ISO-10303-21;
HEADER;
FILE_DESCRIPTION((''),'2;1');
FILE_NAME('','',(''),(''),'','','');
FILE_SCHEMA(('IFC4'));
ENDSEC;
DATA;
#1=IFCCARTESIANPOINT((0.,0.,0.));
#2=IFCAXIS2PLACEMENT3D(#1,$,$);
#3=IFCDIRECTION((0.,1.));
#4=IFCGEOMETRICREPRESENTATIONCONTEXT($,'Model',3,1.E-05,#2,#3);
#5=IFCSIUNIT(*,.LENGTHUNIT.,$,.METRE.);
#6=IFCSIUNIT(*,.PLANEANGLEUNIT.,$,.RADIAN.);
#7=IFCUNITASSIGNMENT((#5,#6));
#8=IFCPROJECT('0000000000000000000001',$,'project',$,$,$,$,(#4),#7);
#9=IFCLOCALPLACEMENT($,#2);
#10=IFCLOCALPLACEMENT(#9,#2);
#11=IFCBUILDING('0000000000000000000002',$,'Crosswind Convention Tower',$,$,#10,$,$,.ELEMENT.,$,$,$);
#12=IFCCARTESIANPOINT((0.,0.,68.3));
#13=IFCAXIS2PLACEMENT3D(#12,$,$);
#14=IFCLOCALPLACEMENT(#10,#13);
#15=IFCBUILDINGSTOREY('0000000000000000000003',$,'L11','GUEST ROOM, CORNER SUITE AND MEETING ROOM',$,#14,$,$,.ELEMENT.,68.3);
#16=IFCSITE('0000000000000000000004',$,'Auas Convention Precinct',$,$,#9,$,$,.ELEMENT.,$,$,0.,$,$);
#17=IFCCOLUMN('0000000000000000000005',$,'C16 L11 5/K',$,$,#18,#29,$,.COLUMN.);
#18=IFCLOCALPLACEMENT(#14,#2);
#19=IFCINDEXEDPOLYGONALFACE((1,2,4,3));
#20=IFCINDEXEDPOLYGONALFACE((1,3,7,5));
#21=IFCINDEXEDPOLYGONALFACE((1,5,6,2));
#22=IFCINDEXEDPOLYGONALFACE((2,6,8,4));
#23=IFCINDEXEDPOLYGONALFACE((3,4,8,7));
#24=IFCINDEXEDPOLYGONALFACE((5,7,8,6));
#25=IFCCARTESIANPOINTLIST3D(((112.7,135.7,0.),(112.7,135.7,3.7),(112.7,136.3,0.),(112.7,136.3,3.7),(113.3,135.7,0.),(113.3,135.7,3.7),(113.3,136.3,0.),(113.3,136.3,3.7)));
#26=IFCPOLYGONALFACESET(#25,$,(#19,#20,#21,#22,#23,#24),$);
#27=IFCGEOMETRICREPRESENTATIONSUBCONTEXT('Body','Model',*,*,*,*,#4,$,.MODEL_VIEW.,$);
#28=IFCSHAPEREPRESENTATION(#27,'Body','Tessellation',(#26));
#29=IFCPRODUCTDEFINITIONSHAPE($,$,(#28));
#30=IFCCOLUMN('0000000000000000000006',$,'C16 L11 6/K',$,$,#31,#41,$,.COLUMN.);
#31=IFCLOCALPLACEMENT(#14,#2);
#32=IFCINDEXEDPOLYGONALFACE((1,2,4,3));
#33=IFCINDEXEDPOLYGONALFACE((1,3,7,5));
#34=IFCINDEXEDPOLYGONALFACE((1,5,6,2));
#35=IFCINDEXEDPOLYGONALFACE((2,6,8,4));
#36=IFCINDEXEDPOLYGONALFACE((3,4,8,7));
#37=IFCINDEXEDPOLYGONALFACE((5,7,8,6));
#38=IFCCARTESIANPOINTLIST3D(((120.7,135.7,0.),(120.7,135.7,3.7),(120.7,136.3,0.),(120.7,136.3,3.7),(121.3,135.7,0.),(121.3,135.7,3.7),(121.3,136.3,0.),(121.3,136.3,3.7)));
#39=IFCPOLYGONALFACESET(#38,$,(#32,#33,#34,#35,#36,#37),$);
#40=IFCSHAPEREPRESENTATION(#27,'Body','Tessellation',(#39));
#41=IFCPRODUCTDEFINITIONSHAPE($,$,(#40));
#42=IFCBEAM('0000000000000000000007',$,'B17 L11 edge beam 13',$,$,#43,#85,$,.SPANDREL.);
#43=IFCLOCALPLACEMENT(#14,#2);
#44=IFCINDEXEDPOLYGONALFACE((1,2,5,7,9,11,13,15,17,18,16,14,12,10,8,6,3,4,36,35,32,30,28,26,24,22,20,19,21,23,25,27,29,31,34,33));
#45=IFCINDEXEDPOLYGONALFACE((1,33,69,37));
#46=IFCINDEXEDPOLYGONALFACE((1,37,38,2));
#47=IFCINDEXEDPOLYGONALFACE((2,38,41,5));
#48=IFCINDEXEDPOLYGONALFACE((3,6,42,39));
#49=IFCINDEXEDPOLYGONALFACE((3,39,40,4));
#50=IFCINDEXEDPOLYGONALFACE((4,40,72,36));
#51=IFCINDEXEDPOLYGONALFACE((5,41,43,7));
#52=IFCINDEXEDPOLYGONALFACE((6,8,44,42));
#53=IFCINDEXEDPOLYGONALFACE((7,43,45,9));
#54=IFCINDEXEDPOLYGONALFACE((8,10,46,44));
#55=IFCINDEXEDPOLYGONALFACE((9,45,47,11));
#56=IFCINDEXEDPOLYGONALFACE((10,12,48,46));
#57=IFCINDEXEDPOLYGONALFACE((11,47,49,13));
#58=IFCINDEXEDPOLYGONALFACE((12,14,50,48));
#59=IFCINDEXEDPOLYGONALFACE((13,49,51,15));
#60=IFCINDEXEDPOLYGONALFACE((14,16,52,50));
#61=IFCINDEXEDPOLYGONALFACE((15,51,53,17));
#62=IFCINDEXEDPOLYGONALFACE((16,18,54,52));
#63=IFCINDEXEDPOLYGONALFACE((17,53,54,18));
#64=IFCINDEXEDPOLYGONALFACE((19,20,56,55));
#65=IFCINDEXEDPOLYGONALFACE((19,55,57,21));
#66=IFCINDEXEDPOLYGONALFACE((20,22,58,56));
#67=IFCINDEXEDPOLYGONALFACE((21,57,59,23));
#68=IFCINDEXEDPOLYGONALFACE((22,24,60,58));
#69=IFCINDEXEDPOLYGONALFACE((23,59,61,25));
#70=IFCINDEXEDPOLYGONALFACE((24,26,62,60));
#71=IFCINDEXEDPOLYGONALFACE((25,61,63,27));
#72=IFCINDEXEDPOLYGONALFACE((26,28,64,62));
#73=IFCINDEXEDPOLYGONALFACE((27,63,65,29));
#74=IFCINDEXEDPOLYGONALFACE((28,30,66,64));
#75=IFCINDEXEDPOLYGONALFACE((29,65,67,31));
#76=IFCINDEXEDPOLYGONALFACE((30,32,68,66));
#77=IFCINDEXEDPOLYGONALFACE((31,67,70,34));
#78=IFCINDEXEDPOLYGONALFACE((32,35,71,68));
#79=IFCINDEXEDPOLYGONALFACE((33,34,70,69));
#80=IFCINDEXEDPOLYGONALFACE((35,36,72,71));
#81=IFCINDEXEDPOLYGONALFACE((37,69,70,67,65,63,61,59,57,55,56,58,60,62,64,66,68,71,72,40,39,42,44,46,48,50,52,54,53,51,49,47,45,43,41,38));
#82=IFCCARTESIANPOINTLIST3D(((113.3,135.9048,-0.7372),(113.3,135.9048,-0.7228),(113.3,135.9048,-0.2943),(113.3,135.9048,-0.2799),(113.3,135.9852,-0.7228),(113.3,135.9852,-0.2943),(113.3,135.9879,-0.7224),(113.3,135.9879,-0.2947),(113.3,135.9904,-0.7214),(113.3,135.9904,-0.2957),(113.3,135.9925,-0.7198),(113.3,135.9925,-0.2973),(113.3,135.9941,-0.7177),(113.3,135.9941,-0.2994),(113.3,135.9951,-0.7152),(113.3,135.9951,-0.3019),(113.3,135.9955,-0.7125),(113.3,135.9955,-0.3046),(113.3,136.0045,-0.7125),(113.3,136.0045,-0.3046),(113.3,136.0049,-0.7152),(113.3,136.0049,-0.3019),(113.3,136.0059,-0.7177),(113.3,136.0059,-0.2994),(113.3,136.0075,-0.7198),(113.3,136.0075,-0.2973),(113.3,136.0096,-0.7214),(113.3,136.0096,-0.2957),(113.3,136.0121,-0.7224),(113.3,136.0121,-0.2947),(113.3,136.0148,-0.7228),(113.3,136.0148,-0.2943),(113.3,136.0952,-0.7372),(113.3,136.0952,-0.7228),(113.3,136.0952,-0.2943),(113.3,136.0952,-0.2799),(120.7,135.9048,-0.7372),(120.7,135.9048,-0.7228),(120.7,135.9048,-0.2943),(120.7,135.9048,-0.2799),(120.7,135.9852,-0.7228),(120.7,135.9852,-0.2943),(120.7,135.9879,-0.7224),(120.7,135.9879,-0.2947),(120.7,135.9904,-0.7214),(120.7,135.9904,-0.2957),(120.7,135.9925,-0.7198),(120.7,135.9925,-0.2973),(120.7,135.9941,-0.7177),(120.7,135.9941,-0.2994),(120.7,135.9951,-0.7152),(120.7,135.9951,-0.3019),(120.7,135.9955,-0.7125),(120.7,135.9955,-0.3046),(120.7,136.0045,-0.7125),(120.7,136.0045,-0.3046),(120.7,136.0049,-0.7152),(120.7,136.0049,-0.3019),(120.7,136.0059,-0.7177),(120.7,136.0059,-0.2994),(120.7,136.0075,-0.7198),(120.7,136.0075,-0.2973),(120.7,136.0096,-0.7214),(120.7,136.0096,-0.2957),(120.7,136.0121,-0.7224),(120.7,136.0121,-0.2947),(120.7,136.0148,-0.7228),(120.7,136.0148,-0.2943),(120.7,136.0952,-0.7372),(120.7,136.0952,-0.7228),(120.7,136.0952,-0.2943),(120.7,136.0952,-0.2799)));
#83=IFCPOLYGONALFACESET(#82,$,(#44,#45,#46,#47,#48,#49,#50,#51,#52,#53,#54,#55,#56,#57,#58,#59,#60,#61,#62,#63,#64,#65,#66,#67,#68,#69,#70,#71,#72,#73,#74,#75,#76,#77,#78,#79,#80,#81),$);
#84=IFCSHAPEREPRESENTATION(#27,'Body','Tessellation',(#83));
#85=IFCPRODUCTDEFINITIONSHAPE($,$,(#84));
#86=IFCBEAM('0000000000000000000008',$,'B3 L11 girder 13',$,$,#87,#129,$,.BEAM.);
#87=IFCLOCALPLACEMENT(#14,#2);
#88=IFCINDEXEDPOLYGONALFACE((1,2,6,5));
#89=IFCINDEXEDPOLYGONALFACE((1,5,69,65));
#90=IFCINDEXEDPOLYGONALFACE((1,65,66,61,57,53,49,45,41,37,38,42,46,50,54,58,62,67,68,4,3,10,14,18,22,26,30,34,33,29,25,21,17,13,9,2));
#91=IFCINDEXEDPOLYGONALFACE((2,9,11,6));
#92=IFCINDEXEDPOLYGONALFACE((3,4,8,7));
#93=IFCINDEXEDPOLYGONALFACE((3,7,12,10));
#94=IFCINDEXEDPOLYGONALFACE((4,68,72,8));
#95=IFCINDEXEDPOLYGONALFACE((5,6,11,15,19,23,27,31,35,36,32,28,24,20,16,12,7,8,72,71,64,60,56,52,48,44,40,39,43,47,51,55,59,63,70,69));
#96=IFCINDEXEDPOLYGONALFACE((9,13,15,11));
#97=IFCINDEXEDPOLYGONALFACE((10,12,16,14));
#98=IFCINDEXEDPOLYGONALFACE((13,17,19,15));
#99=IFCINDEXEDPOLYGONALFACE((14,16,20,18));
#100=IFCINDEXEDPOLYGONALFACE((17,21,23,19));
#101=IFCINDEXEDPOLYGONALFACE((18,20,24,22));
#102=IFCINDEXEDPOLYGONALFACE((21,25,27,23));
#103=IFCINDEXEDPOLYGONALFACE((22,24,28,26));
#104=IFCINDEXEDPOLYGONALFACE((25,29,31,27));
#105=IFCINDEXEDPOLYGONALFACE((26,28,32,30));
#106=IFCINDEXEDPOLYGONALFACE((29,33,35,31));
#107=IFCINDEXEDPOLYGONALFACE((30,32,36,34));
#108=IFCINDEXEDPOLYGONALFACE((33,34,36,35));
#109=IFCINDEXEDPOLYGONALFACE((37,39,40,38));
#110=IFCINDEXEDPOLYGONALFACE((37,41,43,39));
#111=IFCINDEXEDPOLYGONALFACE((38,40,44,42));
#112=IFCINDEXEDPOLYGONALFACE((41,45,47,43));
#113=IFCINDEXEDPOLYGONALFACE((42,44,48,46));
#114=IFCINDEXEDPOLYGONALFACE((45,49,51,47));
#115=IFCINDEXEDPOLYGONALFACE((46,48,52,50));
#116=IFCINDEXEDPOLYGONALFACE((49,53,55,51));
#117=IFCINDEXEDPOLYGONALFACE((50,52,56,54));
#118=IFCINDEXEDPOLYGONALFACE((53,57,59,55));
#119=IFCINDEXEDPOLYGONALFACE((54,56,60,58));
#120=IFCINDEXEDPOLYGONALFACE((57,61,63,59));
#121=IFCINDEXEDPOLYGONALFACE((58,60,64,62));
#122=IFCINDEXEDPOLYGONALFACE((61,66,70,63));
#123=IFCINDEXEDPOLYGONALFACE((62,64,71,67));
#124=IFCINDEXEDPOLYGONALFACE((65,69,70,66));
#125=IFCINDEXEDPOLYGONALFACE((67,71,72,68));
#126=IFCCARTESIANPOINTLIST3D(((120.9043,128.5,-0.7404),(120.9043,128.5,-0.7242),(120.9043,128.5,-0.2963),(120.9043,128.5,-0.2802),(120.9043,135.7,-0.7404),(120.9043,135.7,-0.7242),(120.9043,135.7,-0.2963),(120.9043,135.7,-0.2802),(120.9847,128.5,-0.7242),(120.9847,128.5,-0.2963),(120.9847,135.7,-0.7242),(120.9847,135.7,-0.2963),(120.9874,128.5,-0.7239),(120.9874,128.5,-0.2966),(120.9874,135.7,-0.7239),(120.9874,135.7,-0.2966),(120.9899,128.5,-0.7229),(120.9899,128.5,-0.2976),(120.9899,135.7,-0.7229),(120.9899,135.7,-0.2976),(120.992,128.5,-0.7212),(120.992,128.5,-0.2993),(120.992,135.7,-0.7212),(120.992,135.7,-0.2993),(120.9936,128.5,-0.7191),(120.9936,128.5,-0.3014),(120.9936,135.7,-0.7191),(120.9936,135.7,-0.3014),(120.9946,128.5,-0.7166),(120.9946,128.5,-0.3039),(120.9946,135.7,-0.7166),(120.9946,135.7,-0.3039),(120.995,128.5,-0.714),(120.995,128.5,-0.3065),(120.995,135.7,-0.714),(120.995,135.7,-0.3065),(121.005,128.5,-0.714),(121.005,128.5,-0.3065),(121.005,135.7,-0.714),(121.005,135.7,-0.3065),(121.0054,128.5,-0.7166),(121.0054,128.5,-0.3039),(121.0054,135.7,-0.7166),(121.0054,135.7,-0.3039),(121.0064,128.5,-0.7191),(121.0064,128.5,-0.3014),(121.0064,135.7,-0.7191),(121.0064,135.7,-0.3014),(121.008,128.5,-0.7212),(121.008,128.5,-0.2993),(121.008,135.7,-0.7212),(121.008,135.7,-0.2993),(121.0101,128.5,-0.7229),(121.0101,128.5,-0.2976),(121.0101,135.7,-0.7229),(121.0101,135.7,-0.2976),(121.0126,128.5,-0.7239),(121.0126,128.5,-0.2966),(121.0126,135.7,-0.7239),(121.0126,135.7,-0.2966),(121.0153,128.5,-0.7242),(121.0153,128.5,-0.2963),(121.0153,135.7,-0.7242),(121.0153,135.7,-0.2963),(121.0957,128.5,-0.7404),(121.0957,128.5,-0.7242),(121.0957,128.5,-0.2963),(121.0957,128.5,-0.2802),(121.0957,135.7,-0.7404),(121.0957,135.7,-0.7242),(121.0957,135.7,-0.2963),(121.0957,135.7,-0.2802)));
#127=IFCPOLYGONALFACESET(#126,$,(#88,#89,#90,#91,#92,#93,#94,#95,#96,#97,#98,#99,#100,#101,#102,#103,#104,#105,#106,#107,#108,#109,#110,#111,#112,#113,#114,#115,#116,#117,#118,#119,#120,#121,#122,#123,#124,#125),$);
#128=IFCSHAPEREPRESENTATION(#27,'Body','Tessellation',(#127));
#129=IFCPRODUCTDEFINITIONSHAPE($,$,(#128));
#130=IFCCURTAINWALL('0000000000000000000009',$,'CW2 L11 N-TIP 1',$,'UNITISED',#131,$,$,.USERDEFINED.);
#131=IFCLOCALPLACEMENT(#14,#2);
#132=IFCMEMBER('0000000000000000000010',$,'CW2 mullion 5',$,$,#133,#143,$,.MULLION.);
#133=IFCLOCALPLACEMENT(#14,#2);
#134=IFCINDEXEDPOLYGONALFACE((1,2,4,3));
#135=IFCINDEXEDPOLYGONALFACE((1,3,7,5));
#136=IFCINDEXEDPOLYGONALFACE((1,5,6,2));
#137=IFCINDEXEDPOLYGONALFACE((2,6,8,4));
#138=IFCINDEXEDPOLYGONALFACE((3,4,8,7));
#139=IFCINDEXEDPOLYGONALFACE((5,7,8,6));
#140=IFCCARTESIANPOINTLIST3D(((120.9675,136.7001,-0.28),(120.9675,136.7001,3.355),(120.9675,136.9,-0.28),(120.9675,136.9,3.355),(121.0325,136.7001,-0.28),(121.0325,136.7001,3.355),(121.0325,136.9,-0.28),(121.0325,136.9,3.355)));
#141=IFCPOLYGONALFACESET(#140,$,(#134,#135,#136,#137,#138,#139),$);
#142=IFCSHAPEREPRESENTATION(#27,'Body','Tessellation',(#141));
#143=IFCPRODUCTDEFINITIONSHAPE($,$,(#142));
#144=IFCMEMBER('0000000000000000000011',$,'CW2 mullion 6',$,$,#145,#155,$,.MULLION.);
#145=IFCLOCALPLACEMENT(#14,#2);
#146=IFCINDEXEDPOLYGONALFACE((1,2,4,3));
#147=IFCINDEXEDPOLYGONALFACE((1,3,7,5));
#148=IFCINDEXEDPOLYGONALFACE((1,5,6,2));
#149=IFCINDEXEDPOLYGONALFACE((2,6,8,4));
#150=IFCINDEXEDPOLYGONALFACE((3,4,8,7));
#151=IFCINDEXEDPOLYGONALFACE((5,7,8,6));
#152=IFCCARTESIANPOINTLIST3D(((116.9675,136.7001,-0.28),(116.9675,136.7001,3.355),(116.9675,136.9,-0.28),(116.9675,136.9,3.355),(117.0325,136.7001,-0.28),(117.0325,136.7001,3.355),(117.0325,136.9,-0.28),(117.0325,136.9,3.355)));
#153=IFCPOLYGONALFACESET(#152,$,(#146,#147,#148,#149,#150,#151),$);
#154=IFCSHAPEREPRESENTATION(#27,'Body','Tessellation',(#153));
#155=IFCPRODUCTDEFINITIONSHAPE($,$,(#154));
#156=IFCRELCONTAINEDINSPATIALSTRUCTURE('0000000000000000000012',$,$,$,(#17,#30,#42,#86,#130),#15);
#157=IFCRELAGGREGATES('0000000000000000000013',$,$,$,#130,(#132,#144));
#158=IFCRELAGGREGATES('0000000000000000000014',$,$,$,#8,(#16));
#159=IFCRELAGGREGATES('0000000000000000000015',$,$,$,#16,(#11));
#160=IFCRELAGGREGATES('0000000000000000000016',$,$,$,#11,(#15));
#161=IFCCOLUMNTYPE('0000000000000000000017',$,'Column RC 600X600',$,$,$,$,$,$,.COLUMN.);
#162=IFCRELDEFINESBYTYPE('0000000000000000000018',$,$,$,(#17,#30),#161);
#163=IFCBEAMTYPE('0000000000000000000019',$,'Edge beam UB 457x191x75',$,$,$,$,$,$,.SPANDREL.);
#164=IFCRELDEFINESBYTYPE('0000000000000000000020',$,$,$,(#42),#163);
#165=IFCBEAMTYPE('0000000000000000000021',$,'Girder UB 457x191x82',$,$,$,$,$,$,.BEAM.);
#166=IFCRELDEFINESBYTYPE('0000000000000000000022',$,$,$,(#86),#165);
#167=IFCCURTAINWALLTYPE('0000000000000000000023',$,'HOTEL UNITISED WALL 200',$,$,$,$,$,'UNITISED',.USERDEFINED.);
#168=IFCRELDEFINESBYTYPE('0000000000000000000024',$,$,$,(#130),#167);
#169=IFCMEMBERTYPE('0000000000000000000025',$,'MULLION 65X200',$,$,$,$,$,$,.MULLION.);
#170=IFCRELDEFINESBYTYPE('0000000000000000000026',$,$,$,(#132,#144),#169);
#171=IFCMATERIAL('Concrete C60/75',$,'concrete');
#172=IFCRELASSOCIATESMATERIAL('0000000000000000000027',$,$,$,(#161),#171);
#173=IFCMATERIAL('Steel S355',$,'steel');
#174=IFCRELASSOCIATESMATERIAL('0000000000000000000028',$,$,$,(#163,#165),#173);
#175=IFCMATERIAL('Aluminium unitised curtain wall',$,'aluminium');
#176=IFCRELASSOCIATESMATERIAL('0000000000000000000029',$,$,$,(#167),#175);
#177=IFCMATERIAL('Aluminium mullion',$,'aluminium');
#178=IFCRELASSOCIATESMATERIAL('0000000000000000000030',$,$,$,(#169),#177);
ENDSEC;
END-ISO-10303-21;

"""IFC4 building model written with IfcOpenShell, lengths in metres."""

from ifc_helpers import new_model, si_unit, direction, frame, origin, origin_2d, place, context, subcontext, project, spatial, rectangle, i_section, extrude, material, material_profile, profile_set, type_object, element, aggregate, save


model = new_model("IFC4")

# Units and contexts
model_context = context("Model", 3, precision=1e-05, world=origin(), true_north=direction((0.0, 1.0)))
body_context = subcontext(model_context, "Body", "Model", "MODEL_VIEW")
ifc_project = project(units=[si_unit("LENGTHUNIT", "METRE"), si_unit("PLANEANGLEUNIT", "RADIAN")], contexts=[model_context])

# Site, building, storey
site_placement = place(None, origin())
site = spatial("IfcSite", under=ifc_project, at=site_placement, Name="Auas Convention Precinct", CompositionType="ELEMENT", RefElevation=0.0)
building_placement = place(site_placement, origin())
building = spatial("IfcBuilding", under=site, at=building_placement, Name="Crosswind Convention Tower", CompositionType="ELEMENT")
storey_placement = place(building_placement, frame((0.0, 0.0, 68.3)))
storey = spatial("IfcBuildingStorey", under=building, at=storey_placement, Name="L11", Description="GUEST ROOM, CORNER SUITE AND MEETING ROOM", CompositionType="ELEMENT", Elevation=68.3)

# Columns
ifc_material_1 = material(Name="Concrete C60/75", Category="concrete")
ifc_material_profile_1 = material_profile(ifc_material_1, rectangle(XDim=0.6001, YDim=0.6001, at=origin_2d()), Name="RC 600X600")
ifc_profile_set_1 = profile_set([ifc_material_profile_1], Name="Concrete C60/75")
column_type = type_object("IfcColumnType", Name="Column RC 600X600", PredefinedType="COLUMN", material=ifc_profile_set_1)
for number, where, z_axis, x_axis, name in (
    (1, (113.0, 136.0, 0.0), (0.0, 0.0, 1.0), (1.0, 0.0, 0.0), "C16 L11 5/K"),
    (2, (121.0, 136.0, 0.0), (0.0, 0.0, 1.0), (1.0, 0.0, 0.0), "C16 L11 6/K"),
):
    element("IfcColumn", number, at=place(storey_placement, frame(where, z_axis=z_axis, x_axis=x_axis)), inside=storey, type_object=column_type, Name=name, PredefinedType="COLUMN", context=body_context, shape_type="SweptSolid", body=[
        extrude(rectangle(XDim=0.6001, YDim=0.6001, at=origin_2d()), origin(), (0.0, 0.0, 1.0), 3.7),
    ])

# Beams
ifc_material_2 = material(Name="Steel S355", Category="steel")
ifc_material_profile_2 = material_profile(ifc_material_2, i_section(OverallWidth=0.1904, OverallDepth=0.4573, WebThickness=0.009, FlangeThickness=0.0144, FilletRadius=0.0103, at=origin_2d()), Name="UB 457x191x75")
ifc_profile_set_2 = profile_set([ifc_material_profile_2], Name="Steel S355")
beam_type_1 = type_object("IfcBeamType", Name="Edge beam UB 457x191x75", PredefinedType="SPANDREL", material=ifc_profile_set_2)
beam_1_placement = place(storey_placement, frame((113.3, 136.0, -0.5085), z_axis=(1.0, 0.0, 0.0), x_axis=(0.0, 1.0, 0.0)))
element("IfcBeam", 3, at=beam_1_placement, inside=storey, type_object=beam_type_1, Name="B17 L11 edge beam 13", PredefinedType="SPANDREL", context=body_context, shape_type="SweptSolid", body=[
    extrude(i_section(OverallWidth=0.1904, OverallDepth=0.4573, WebThickness=0.009, FlangeThickness=0.0144, FilletRadius=0.0103, at=origin_2d()), origin(), (0.0, 0.0, 1.0), 7.3999),
])
ifc_material_profile_3 = material_profile(ifc_material_2, i_section(OverallWidth=0.1914, OverallDepth=0.4602, WebThickness=0.01, FlangeThickness=0.0161, FilletRadius=0.0103, at=origin_2d()), Name="UB 457x191x82")
ifc_profile_set_3 = profile_set([ifc_material_profile_3], Name="Steel S355")
beam_type_2 = type_object("IfcBeamType", Name="Girder UB 457x191x82", PredefinedType="BEAM", material=ifc_profile_set_3)
beam_2_placement = place(storey_placement, frame((121.0, 128.5, -0.5103), z_axis=(0.0, 1.0, 0.0), x_axis=(-1.0, 0.0, 0.0)))
element("IfcBeam", 4, at=beam_2_placement, inside=storey, type_object=beam_type_2, Name="B3 L11 girder 13", PredefinedType="BEAM", context=body_context, shape_type="SweptSolid", body=[
    extrude(i_section(OverallWidth=0.1914, OverallDepth=0.4602, WebThickness=0.01, FlangeThickness=0.0161, FilletRadius=0.0103, at=origin_2d()), origin(), (0.0, 0.0, 1.0), 7.2),
])

# Curtain wall, members
ifc_material_3 = material(Name="Aluminium unitised curtain wall", Category="aluminium")
curtain_wall_type = type_object("IfcCurtainWallType", Name="HOTEL UNITISED WALL 200", ElementType="UNITISED", PredefinedType="USERDEFINED", material=ifc_material_3)
curtain_wall_placement = place(storey_placement, origin())
curtain_wall = element("IfcCurtainWall", 5, at=curtain_wall_placement, inside=storey, type_object=curtain_wall_type, Name="CW2 L11 N-TIP 1", ObjectType="UNITISED", PredefinedType="USERDEFINED")
ifc_material_4 = material(Name="Aluminium mullion", Category="aluminium")
ifc_material_profile_4 = material_profile(ifc_material_4, rectangle(XDim=0.2, YDim=0.0649, at=origin_2d()), Name="AL 200X65")
ifc_profile_set_4 = profile_set([ifc_material_profile_4], Name="Aluminium mullion")
member_type = type_object("IfcMemberType", Name="MULLION 65X200", PredefinedType="MULLION", material=ifc_profile_set_4)
member_1_placement = place(storey_placement, frame((121.0, 136.8, -0.28), z_axis=(0.0, 0.0, 1.0), x_axis=(0.0, 1.0, 0.0)))
member_1 = element("IfcMember", 6, at=member_1_placement, type_object=member_type, Name="CW2 mullion 5", PredefinedType="MULLION", context=body_context, shape_type="SweptSolid", body=[
    extrude(rectangle(XDim=0.2, YDim=0.0649, at=origin_2d()), origin(), (0.0, 0.0, 1.0), 3.635),
])
member_2_placement = place(storey_placement, frame((117.0, 136.8, -0.28), z_axis=(0.0, 0.0, 1.0), x_axis=(0.0, 1.0, 0.0)))
member_2 = element("IfcMember", 7, at=member_2_placement, type_object=member_type, Name="CW2 mullion 6", PredefinedType="MULLION", context=body_context, shape_type="SweptSolid", body=[
    extrude(rectangle(XDim=0.2, YDim=0.0649, at=origin_2d()), origin(), (0.0, 0.0, 1.0), 3.635),
])

aggregate(curtain_wall, [member_1, member_2])

save(model, "model.ifc")
